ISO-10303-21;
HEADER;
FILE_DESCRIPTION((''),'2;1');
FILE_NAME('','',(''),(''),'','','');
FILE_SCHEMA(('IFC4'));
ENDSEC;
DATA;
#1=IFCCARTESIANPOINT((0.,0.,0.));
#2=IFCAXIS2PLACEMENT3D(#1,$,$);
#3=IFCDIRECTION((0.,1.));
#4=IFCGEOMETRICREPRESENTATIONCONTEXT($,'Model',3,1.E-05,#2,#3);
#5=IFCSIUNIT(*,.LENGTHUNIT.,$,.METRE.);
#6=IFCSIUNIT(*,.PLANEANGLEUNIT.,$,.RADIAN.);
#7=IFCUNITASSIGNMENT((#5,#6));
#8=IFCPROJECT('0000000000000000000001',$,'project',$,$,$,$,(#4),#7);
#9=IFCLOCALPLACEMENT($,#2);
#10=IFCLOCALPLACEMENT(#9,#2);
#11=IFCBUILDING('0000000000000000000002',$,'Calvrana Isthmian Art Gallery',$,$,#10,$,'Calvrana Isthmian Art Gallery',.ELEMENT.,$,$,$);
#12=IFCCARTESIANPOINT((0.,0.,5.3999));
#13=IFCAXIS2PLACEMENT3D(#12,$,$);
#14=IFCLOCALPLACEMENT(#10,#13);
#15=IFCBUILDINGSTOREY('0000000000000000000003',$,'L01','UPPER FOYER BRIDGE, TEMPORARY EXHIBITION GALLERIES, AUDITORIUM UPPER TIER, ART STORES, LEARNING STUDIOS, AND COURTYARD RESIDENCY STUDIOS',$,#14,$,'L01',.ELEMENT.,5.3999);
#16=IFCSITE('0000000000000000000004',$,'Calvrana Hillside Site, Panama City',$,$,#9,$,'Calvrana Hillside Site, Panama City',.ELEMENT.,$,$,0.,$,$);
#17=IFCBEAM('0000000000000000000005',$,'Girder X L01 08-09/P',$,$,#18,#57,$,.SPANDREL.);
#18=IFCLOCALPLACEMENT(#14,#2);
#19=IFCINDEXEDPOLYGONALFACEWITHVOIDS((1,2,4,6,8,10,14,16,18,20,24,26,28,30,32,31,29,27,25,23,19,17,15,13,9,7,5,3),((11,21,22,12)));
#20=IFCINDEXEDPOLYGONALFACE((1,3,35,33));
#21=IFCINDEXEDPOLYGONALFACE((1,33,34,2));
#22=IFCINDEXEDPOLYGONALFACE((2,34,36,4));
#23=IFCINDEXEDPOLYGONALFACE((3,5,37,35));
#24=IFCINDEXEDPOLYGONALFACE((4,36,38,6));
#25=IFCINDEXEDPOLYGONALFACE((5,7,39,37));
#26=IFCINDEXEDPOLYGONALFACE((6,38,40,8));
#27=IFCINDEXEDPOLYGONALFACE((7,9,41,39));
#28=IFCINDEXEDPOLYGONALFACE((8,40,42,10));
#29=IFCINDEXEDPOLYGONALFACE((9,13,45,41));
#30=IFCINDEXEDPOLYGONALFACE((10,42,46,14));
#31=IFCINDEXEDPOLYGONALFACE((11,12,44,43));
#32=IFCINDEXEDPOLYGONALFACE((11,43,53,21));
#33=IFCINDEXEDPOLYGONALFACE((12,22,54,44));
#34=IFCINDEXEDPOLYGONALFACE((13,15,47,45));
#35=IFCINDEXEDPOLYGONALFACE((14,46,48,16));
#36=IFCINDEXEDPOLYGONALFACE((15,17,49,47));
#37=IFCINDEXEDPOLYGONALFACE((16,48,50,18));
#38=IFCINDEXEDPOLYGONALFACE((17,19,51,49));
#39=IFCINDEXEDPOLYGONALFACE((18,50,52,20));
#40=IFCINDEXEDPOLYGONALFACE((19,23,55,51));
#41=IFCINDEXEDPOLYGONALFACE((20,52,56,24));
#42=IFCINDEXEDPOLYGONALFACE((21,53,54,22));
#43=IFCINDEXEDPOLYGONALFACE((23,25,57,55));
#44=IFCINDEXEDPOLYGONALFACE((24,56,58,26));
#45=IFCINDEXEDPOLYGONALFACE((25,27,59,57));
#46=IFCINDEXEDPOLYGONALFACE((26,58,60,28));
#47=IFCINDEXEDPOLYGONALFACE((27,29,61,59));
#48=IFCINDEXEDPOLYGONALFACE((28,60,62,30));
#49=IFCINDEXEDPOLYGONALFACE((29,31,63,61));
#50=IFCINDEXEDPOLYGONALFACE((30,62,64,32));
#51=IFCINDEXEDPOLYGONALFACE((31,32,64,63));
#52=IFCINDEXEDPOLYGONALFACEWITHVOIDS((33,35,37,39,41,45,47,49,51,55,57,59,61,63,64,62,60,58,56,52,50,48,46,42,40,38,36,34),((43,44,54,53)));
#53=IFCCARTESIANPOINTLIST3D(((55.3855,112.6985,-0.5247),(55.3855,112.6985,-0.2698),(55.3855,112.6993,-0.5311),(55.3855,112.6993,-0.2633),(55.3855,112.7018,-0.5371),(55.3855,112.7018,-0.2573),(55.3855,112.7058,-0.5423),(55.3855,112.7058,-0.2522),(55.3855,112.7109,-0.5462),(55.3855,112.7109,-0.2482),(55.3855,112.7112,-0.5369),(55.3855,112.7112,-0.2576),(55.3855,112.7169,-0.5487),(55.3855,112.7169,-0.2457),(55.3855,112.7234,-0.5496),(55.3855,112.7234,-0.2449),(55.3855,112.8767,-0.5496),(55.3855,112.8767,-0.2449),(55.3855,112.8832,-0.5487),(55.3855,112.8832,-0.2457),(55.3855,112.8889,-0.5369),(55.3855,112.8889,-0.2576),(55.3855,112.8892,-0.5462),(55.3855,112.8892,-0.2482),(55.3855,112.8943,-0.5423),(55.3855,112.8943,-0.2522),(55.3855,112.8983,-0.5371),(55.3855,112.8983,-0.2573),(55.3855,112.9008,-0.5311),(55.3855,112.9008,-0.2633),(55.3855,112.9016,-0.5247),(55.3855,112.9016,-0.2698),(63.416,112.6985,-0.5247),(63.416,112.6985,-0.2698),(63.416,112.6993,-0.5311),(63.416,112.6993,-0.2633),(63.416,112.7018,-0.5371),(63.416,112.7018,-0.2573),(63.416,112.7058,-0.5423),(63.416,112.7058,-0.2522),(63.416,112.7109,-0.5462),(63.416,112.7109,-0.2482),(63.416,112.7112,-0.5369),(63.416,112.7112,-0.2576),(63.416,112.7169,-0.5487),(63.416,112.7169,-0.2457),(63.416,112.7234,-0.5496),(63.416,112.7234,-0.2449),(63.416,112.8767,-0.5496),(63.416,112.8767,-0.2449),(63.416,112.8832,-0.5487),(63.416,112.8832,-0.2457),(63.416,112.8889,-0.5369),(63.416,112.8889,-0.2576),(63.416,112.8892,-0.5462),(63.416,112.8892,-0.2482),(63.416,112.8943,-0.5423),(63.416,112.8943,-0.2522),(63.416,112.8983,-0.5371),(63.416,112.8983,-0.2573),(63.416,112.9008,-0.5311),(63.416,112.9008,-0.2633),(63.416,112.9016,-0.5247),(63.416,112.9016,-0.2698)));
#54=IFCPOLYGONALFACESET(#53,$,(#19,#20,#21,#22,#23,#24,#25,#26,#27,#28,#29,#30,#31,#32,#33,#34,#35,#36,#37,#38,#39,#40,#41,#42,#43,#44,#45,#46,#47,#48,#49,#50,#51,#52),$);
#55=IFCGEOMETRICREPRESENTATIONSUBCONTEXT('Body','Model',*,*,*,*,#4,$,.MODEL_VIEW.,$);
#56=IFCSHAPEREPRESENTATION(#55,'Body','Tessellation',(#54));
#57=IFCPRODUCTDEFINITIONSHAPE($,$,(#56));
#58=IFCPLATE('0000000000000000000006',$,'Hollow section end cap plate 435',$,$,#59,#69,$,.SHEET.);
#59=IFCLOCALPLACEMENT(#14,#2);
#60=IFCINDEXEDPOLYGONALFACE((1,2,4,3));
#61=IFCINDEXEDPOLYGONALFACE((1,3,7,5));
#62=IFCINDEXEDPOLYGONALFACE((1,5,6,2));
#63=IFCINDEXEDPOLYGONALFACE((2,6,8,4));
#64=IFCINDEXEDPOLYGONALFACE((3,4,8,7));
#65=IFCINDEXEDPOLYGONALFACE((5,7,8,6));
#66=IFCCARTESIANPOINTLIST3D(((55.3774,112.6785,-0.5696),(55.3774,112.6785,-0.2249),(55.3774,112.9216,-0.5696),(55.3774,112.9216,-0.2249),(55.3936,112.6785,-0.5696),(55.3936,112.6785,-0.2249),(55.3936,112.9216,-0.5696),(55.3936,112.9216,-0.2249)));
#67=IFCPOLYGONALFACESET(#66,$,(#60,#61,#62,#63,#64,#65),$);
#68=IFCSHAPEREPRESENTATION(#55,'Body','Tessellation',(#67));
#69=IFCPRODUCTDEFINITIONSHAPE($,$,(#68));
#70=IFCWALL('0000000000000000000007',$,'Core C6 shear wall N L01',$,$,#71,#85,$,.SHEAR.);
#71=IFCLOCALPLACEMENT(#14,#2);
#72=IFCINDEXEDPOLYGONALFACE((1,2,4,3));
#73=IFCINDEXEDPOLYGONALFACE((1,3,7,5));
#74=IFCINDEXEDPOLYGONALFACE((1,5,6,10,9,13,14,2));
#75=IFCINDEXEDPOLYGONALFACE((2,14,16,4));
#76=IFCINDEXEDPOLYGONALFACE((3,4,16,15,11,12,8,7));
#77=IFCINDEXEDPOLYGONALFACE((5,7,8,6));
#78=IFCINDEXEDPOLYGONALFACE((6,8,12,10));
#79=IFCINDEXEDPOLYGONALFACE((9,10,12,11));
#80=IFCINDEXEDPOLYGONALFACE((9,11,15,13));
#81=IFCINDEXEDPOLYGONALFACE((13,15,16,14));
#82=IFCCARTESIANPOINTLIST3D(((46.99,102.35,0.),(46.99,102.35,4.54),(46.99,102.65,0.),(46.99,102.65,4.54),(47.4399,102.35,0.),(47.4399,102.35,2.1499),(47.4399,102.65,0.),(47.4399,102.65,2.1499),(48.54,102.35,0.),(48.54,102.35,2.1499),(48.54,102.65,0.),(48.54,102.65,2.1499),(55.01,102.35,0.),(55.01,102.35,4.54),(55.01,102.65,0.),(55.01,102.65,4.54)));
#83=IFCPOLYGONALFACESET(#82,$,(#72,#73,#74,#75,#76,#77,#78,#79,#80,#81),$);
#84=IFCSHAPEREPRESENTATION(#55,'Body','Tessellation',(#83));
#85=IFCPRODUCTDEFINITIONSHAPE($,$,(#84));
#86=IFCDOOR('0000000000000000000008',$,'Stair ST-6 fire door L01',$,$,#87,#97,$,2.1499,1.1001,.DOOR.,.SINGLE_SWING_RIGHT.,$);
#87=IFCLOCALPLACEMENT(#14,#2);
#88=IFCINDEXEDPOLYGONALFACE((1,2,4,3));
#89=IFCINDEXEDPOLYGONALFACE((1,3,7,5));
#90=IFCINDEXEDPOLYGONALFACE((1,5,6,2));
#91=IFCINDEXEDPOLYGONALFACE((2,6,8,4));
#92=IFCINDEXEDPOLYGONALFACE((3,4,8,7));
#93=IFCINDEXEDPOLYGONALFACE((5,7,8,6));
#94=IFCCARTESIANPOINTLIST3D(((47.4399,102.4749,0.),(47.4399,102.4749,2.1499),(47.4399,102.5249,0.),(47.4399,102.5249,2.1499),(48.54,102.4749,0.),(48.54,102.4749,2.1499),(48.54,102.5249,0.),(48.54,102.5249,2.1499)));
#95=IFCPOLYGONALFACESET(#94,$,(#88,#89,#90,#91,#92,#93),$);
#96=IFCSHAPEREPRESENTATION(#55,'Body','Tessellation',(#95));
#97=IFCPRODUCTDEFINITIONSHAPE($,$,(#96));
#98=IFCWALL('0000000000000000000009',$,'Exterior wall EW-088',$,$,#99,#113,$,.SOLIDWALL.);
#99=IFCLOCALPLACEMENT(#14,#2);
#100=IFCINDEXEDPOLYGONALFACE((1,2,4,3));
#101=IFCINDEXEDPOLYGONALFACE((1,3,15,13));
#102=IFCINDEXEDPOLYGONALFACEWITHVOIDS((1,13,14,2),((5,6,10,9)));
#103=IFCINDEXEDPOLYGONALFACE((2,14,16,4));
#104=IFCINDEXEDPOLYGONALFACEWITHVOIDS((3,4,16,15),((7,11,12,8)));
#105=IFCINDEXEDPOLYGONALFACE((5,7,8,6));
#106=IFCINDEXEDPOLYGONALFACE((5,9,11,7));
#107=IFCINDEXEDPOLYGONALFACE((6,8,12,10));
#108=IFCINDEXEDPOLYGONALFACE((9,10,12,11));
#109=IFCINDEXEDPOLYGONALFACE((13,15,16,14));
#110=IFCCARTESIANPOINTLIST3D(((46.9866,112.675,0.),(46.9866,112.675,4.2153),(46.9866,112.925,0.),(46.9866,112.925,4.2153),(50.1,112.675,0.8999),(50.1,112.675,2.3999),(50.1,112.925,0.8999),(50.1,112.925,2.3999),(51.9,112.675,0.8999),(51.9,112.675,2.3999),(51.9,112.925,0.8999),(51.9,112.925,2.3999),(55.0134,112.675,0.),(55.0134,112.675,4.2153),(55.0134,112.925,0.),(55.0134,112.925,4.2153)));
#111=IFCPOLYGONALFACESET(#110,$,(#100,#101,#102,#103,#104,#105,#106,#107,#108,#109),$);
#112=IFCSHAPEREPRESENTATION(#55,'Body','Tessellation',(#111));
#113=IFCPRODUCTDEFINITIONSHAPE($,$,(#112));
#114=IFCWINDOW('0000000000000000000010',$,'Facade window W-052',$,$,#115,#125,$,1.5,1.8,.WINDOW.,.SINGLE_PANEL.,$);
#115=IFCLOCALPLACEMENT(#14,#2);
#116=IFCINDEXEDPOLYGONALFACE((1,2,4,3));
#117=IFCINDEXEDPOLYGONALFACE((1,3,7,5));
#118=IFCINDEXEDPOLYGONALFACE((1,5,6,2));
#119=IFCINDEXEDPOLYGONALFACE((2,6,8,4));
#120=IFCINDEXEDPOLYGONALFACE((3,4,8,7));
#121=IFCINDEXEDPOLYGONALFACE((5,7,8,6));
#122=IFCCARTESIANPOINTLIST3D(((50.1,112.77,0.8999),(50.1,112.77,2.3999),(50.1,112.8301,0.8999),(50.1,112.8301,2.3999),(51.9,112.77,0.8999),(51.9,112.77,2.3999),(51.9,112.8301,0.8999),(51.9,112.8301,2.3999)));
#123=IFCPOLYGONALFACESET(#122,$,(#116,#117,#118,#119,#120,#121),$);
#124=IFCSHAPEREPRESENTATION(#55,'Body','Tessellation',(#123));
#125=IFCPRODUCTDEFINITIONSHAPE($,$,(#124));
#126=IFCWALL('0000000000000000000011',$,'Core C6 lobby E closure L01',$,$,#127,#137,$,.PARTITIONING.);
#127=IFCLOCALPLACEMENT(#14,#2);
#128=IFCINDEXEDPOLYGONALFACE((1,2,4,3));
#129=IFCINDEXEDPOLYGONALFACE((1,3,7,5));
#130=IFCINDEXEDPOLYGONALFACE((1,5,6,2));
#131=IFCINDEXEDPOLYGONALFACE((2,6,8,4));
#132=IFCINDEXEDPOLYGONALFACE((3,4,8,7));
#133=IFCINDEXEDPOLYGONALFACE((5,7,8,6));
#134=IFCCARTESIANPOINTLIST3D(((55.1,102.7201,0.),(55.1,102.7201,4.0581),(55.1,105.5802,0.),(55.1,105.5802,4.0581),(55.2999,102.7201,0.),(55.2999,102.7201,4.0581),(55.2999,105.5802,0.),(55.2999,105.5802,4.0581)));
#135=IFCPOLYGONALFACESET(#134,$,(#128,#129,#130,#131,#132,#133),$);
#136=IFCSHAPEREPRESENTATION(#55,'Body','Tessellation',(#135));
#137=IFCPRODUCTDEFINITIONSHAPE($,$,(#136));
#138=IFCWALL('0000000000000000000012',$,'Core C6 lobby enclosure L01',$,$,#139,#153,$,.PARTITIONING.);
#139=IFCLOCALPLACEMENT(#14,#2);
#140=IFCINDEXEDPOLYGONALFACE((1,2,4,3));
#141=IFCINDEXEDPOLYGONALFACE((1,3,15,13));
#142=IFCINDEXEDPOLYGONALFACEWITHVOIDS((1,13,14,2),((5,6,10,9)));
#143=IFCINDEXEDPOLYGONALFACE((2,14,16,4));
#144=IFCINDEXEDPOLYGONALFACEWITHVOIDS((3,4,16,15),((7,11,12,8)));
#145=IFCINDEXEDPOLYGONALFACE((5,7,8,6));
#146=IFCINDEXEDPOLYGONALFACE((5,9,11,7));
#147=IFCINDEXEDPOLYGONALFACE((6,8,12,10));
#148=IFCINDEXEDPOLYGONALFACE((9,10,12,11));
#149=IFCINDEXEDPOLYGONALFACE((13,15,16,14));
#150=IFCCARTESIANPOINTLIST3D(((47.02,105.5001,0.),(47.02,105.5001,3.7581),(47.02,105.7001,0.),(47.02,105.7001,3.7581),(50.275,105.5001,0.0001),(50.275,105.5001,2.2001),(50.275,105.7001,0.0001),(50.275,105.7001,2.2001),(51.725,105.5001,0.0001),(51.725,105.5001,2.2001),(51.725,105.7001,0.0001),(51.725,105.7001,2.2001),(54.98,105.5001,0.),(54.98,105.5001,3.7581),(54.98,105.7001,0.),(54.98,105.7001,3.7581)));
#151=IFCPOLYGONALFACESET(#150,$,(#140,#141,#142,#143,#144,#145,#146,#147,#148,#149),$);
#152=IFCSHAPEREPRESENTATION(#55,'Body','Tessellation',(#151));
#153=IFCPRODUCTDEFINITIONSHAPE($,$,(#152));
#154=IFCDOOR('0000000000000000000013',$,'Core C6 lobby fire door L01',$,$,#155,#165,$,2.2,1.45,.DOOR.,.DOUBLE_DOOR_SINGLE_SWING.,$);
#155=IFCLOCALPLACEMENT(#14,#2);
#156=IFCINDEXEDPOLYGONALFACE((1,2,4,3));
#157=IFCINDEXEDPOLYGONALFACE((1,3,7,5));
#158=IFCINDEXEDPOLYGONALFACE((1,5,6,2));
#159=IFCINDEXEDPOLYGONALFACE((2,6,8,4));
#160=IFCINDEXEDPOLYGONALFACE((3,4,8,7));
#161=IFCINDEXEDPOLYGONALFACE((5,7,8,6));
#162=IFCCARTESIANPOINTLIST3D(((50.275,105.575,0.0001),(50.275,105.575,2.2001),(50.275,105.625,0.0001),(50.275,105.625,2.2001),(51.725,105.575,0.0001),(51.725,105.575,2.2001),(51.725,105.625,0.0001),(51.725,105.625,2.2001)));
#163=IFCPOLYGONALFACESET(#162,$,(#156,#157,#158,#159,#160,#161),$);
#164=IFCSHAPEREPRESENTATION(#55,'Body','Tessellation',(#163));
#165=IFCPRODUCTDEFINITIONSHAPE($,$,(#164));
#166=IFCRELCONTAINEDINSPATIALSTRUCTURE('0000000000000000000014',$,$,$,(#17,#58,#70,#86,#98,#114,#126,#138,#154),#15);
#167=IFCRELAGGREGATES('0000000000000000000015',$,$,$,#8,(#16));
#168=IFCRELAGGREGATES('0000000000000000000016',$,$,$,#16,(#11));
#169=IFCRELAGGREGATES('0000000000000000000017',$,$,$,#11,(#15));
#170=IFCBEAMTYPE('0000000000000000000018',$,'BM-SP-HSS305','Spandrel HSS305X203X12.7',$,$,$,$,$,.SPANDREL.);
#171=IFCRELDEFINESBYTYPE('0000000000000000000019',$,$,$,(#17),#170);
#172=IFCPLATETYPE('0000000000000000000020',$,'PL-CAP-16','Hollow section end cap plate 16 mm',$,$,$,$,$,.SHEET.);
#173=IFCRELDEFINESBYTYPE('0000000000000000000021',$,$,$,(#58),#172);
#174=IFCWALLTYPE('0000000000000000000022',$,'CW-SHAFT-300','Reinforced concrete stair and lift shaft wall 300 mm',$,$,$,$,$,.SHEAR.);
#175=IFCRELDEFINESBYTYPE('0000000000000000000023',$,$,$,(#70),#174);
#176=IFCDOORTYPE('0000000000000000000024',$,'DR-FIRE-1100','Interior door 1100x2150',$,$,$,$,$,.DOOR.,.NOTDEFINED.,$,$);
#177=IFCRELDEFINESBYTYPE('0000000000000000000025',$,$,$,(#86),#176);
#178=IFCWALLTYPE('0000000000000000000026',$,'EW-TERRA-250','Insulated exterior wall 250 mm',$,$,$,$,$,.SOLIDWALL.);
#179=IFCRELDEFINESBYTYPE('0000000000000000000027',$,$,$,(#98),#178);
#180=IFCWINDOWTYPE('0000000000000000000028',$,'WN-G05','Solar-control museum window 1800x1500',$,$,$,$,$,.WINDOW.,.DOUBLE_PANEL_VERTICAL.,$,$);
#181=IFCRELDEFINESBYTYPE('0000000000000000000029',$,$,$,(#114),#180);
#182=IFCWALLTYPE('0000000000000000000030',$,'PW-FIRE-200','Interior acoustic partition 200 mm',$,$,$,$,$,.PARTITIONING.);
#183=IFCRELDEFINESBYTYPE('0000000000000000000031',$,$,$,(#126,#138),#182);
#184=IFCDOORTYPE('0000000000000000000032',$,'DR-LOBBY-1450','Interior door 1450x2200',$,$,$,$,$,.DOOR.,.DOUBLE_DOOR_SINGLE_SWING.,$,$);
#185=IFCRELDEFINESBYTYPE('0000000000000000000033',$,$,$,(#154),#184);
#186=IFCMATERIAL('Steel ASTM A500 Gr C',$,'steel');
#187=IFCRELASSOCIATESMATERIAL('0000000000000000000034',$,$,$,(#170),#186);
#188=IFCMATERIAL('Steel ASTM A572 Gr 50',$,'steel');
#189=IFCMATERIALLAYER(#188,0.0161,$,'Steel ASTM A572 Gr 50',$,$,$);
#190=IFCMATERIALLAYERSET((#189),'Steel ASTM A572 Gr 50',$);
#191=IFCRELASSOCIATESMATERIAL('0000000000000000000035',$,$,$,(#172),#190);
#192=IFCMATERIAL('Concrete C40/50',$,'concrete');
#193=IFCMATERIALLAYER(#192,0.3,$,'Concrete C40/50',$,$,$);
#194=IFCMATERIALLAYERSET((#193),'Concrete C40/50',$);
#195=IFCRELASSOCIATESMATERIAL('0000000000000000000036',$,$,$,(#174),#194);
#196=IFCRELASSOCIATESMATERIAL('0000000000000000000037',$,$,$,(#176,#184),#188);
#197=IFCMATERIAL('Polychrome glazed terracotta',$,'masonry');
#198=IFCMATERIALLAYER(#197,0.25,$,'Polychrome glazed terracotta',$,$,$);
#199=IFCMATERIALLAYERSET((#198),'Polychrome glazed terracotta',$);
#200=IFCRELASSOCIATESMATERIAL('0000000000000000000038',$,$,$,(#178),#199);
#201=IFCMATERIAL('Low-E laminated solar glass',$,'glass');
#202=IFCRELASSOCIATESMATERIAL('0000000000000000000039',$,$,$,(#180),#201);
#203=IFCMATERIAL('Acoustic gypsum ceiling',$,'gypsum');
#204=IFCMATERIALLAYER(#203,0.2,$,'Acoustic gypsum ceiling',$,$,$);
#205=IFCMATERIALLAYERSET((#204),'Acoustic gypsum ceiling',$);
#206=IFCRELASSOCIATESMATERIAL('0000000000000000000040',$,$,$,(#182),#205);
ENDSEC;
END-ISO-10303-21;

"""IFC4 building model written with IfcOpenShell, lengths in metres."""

from ifc_helpers import new_model, si_unit, direction, frame, frame_2d, origin, origin_2d, place, context, subcontext, project, spatial, rectangle, hollow_rectangle, extrude, material, layer, layer_set, material_profile, profile_set, type_object, element, fill, save


model = new_model("IFC4")

# Units and contexts
model_context = context("Model", 3, precision=1e-05, world=origin(), true_north=direction((0.0, 1.0)))
body_context = subcontext(model_context, "Body", "Model", "MODEL_VIEW")
ifc_project = project(units=[si_unit("LENGTHUNIT", "METRE"), si_unit("PLANEANGLEUNIT", "RADIAN")], contexts=[model_context])

# Site, building, storey
site_placement = place(None, origin())
site = spatial("IfcSite", under=ifc_project, at=site_placement, Name="Calvrana Hillside Site, Panama City", LongName="Calvrana Hillside Site, Panama City", CompositionType="ELEMENT", RefElevation=0.0)
building_placement = place(site_placement, origin())
building = spatial("IfcBuilding", under=site, at=building_placement, Name="Calvrana Isthmian Art Gallery", LongName="Calvrana Isthmian Art Gallery", CompositionType="ELEMENT")
storey_placement = place(building_placement, frame((0.0, 0.0, 5.3999)))
storey = spatial("IfcBuildingStorey", under=building, at=storey_placement, Name="L01", Description="UPPER FOYER BRIDGE, TEMPORARY EXHIBITION GALLERIES, AUDITORIUM UPPER TIER, ART STORES, LEARNING STUDIOS, AND COURTYARD RESIDENCY STUDIOS", LongName="L01", CompositionType="ELEMENT", Elevation=5.3999)

# Beam
ifc_material_1 = material(Name="Steel ASTM A500 Gr C", Category="steel")
ifc_material_profile_1 = material_profile(ifc_material_1, hollow_rectangle(XDim=0.2031, YDim=0.3047, WallThickness=0.0127, OuterFilletRadius=0.0249, at=origin_2d()), Name="HSS305X203X12.7")
ifc_profile_set_1 = profile_set([ifc_material_profile_1], Name="Steel ASTM A500 Gr C")
beam_type_1 = type_object("IfcBeamType", Name="BM-SP-HSS305", Description="Spandrel HSS305X203X12.7", PredefinedType="SPANDREL", material=ifc_profile_set_1)
beam_1_placement = place(storey_placement, frame((55.3855, 112.8, -0.3972), z_axis=(1.0, 0.0, 0.0), x_axis=(0.0, 1.0, 0.0)))
element("IfcBeam", 1, at=beam_1_placement, inside=storey, type_object=beam_type_1, Name="Girder X L01 08-09/P", PredefinedType="SPANDREL", context=body_context, shape_type="SweptSolid", body=[
    extrude(hollow_rectangle(XDim=0.2031, YDim=0.3047, WallThickness=0.0127, OuterFilletRadius=0.0249, at=origin_2d()), origin(), (0.0, 0.0, 1.0), 8.0305),
])

# Plate
ifc_material_2 = material(Name="Steel ASTM A572 Gr 50", Category="steel")
ifc_layer_1 = layer(ifc_material_2, 0.0161, Name="Steel ASTM A572 Gr 50")
ifc_layer_set_1 = layer_set([ifc_layer_1], Name="Steel ASTM A572 Gr 50")
plate_type = type_object("IfcPlateType", Name="PL-CAP-16", Description="Hollow section end cap plate 16 mm", PredefinedType="SHEET", material=ifc_layer_set_1)
plate_placement = place(storey_placement, frame((55.3855, 112.8, -0.5696), z_axis=(0.0, 0.0, 1.0), x_axis=(1.0, 0.0, 0.0)))
element("IfcPlate", 2, at=plate_placement, inside=storey, type_object=plate_type, Name="Hollow section end cap plate 435", PredefinedType="SHEET", context=body_context, shape_type="SweptSolid", body=[
    extrude(rectangle(XDim=0.0161, YDim=0.2432, at=origin_2d()), origin(), (0.0, 0.0, 1.0), 0.3447),
])

# Wall, opening, door
ifc_material_3 = material(Name="Concrete C40/50", Category="concrete")
ifc_layer_2 = layer(ifc_material_3, 0.3, Name="Concrete C40/50")
ifc_layer_set_2 = layer_set([ifc_layer_2], Name="Concrete C40/50")
wall_type_1 = type_object("IfcWallType", Name="CW-SHAFT-300", Description="Reinforced concrete stair and lift shaft wall 300 mm", PredefinedType="SHEAR", material=ifc_layer_set_2)
wall_1_placement = place(storey_placement, frame((46.99, 102.5, 0.0), z_axis=(0.0, 0.0, 1.0), x_axis=(1.0, 0.0, 0.0)))
wall_1 = element("IfcWall", 3, at=wall_1_placement, inside=storey, type_object=wall_type_1, Name="Core C6 shear wall N L01", PredefinedType="SHEAR", context=body_context, shape_type="SweptSolid", body=[
    extrude(rectangle(XDim=8.02, YDim=0.3, at=frame_2d((4.01, 0.0))), origin(), (0.0, 0.0, 1.0), 4.54),
])
opening_1_placement = place(wall_1_placement, frame((0.45, 0.0, 0.0)))
opening_1 = element("IfcOpeningElement", 4, at=opening_1_placement, cuts=wall_1, PredefinedType="OPENING", context=body_context, shape_type="SweptSolid", body=[
    extrude(rectangle(XDim=1.1001, YDim=2.1499, at=frame_2d((0.55, 1.075))), frame((0.0, 0.1602, 0.0), z_axis=(0.0, -1.0, 0.0), x_axis=(1.0, 0.0, 0.0)), (0.0, 0.0, 1.0), 0.3206),
])
door_type_1 = type_object("IfcDoorType", Name="DR-FIRE-1100", Description="Interior door 1100x2150", OperationType="NOTDEFINED", PredefinedType="DOOR", material=ifc_material_2)
door_1_placement = place(opening_1_placement, origin())
door_1 = element("IfcDoor", 5, at=door_1_placement, inside=storey, type_object=door_type_1, Name="Stair ST-6 fire door L01", OperationType="SINGLE_SWING_RIGHT", OverallHeight=2.1499, OverallWidth=1.1001, PredefinedType="DOOR", context=body_context, shape_type="SweptSolid", body=[
    extrude(rectangle(XDim=1.1001, YDim=2.1499, at=frame_2d((0.55, 1.075))), frame((0.0, 0.0249, 0.0), z_axis=(0.0, -1.0, 0.0), x_axis=(1.0, 0.0, 0.0)), (0.0, 0.0, 1.0), 0.05),
])
fill(opening_1, door_1)

# Wall, opening, window
ifc_material_4 = material(Name="Polychrome glazed terracotta", Category="masonry")
ifc_layer_3 = layer(ifc_material_4, 0.25, Name="Polychrome glazed terracotta")
ifc_layer_set_3 = layer_set([ifc_layer_3], Name="Polychrome glazed terracotta")
wall_type_2 = type_object("IfcWallType", Name="EW-TERRA-250", Description="Insulated exterior wall 250 mm", PredefinedType="SOLIDWALL", material=ifc_layer_set_3)
wall_2_placement = place(storey_placement, frame((46.9866, 112.8, 0.0), z_axis=(0.0, 0.0, 1.0), x_axis=(1.0, 0.0, 0.0)))
wall_2 = element("IfcWall", 6, at=wall_2_placement, inside=storey, type_object=wall_type_2, Name="Exterior wall EW-088", PredefinedType="SOLIDWALL", context=body_context, shape_type="SweptSolid", body=[
    extrude(rectangle(XDim=8.0269, YDim=0.25, at=frame_2d((4.0134, 0.0))), origin(), (0.0, 0.0, 1.0), 4.2153),
])
opening_2_placement = place(wall_2_placement, frame((3.1135, 0.0, 0.8999)))
opening_2 = element("IfcOpeningElement", 7, at=opening_2_placement, cuts=wall_2, PredefinedType="OPENING", context=body_context, shape_type="SweptSolid", body=[
    extrude(rectangle(XDim=1.8, YDim=1.5, at=frame_2d((0.8999, 0.75))), frame((0.0, 0.1353, 0.0), z_axis=(0.0, -1.0, 0.0), x_axis=(1.0, 0.0, 0.0)), (0.0, 0.0, 1.0), 0.2705),
])
ifc_material_5 = material(Name="Low-E laminated solar glass", Category="glass")
window_type = type_object("IfcWindowType", Name="WN-G05", Description="Solar-control museum window 1800x1500", PartitioningType="DOUBLE_PANEL_VERTICAL", PredefinedType="WINDOW", material=ifc_material_5)
window_placement = place(opening_2_placement, origin())
window = element("IfcWindow", 8, at=window_placement, inside=storey, type_object=window_type, Name="Facade window W-052", OverallHeight=1.5, OverallWidth=1.8, PartitioningType="SINGLE_PANEL", PredefinedType="WINDOW", context=body_context, shape_type="SweptSolid", body=[
    extrude(rectangle(XDim=1.8, YDim=1.5, at=frame_2d((0.8999, 0.75))), frame((0.0, 0.03, 0.0), z_axis=(0.0, -1.0, 0.0), x_axis=(1.0, 0.0, 0.0)), (0.0, 0.0, 1.0), 0.0601),
])
fill(opening_2, window)

# Wall
ifc_material_6 = material(Name="Acoustic gypsum ceiling", Category="gypsum")
ifc_layer_4 = layer(ifc_material_6, 0.2, Name="Acoustic gypsum ceiling")
ifc_layer_set_4 = layer_set([ifc_layer_4], Name="Acoustic gypsum ceiling")
wall_type_3 = type_object("IfcWallType", Name="PW-FIRE-200", Description="Interior acoustic partition 200 mm", PredefinedType="PARTITIONING", material=ifc_layer_set_4)
wall_3_placement = place(storey_placement, frame((55.2, 102.72, 0.0), z_axis=(0.0, 0.0, 1.0), x_axis=(0.0, 1.0, 0.0)))
element("IfcWall", 9, at=wall_3_placement, inside=storey, type_object=wall_type_3, Name="Core C6 lobby E closure L01", PredefinedType="PARTITIONING", context=body_context, shape_type="SweptSolid", body=[
    extrude(rectangle(XDim=2.8601, YDim=0.2, at=frame_2d((1.4302, 0.0))), origin(), (0.0, 0.0, 1.0), 4.0581),
])

# Wall, opening, door
wall_4_placement = place(storey_placement, frame((47.02, 105.6001, 0.0), z_axis=(0.0, 0.0, 1.0), x_axis=(1.0, 0.0, 0.0)))
wall_4 = element("IfcWall", 10, at=wall_4_placement, inside=storey, type_object=wall_type_3, Name="Core C6 lobby enclosure L01", PredefinedType="PARTITIONING", context=body_context, shape_type="SweptSolid", body=[
    extrude(rectangle(XDim=7.96, YDim=0.2, at=frame_2d((3.98, 0.0))), origin(), (0.0, 0.0, 1.0), 3.7581),
])
opening_3_placement = place(wall_4_placement, frame((3.2549, 0.0, 0.0)))
opening_3 = element("IfcOpeningElement", 11, at=opening_3_placement, cuts=wall_4, PredefinedType="OPENING", context=body_context, shape_type="SweptSolid", body=[
    extrude(rectangle(XDim=1.45, YDim=2.2, at=frame_2d((0.7251, 1.1001))), frame((0.0, 0.1104, 0.0), z_axis=(0.0, -1.0, 0.0), x_axis=(1.0, 0.0, 0.0)), (0.0, 0.0, 1.0), 0.2205),
])
door_type_2 = type_object("IfcDoorType", Name="DR-LOBBY-1450", Description="Interior door 1450x2200", OperationType="DOUBLE_DOOR_SINGLE_SWING", PredefinedType="DOOR", material=ifc_material_2)
door_2_placement = place(opening_3_placement, origin())
door_2 = element("IfcDoor", 12, at=door_2_placement, inside=storey, type_object=door_type_2, Name="Core C6 lobby fire door L01", OperationType="DOUBLE_DOOR_SINGLE_SWING", OverallHeight=2.2, OverallWidth=1.45, PredefinedType="DOOR", context=body_context, shape_type="SweptSolid", body=[
    extrude(rectangle(XDim=1.45, YDim=2.2, at=frame_2d((0.7251, 1.1001))), frame((0.0, 0.0249, 0.0), z_axis=(0.0, -1.0, 0.0), x_axis=(1.0, 0.0, 0.0)), (0.0, 0.0, 1.0), 0.05),
])
fill(opening_3, door_2)

save(model, "model.ifc")
